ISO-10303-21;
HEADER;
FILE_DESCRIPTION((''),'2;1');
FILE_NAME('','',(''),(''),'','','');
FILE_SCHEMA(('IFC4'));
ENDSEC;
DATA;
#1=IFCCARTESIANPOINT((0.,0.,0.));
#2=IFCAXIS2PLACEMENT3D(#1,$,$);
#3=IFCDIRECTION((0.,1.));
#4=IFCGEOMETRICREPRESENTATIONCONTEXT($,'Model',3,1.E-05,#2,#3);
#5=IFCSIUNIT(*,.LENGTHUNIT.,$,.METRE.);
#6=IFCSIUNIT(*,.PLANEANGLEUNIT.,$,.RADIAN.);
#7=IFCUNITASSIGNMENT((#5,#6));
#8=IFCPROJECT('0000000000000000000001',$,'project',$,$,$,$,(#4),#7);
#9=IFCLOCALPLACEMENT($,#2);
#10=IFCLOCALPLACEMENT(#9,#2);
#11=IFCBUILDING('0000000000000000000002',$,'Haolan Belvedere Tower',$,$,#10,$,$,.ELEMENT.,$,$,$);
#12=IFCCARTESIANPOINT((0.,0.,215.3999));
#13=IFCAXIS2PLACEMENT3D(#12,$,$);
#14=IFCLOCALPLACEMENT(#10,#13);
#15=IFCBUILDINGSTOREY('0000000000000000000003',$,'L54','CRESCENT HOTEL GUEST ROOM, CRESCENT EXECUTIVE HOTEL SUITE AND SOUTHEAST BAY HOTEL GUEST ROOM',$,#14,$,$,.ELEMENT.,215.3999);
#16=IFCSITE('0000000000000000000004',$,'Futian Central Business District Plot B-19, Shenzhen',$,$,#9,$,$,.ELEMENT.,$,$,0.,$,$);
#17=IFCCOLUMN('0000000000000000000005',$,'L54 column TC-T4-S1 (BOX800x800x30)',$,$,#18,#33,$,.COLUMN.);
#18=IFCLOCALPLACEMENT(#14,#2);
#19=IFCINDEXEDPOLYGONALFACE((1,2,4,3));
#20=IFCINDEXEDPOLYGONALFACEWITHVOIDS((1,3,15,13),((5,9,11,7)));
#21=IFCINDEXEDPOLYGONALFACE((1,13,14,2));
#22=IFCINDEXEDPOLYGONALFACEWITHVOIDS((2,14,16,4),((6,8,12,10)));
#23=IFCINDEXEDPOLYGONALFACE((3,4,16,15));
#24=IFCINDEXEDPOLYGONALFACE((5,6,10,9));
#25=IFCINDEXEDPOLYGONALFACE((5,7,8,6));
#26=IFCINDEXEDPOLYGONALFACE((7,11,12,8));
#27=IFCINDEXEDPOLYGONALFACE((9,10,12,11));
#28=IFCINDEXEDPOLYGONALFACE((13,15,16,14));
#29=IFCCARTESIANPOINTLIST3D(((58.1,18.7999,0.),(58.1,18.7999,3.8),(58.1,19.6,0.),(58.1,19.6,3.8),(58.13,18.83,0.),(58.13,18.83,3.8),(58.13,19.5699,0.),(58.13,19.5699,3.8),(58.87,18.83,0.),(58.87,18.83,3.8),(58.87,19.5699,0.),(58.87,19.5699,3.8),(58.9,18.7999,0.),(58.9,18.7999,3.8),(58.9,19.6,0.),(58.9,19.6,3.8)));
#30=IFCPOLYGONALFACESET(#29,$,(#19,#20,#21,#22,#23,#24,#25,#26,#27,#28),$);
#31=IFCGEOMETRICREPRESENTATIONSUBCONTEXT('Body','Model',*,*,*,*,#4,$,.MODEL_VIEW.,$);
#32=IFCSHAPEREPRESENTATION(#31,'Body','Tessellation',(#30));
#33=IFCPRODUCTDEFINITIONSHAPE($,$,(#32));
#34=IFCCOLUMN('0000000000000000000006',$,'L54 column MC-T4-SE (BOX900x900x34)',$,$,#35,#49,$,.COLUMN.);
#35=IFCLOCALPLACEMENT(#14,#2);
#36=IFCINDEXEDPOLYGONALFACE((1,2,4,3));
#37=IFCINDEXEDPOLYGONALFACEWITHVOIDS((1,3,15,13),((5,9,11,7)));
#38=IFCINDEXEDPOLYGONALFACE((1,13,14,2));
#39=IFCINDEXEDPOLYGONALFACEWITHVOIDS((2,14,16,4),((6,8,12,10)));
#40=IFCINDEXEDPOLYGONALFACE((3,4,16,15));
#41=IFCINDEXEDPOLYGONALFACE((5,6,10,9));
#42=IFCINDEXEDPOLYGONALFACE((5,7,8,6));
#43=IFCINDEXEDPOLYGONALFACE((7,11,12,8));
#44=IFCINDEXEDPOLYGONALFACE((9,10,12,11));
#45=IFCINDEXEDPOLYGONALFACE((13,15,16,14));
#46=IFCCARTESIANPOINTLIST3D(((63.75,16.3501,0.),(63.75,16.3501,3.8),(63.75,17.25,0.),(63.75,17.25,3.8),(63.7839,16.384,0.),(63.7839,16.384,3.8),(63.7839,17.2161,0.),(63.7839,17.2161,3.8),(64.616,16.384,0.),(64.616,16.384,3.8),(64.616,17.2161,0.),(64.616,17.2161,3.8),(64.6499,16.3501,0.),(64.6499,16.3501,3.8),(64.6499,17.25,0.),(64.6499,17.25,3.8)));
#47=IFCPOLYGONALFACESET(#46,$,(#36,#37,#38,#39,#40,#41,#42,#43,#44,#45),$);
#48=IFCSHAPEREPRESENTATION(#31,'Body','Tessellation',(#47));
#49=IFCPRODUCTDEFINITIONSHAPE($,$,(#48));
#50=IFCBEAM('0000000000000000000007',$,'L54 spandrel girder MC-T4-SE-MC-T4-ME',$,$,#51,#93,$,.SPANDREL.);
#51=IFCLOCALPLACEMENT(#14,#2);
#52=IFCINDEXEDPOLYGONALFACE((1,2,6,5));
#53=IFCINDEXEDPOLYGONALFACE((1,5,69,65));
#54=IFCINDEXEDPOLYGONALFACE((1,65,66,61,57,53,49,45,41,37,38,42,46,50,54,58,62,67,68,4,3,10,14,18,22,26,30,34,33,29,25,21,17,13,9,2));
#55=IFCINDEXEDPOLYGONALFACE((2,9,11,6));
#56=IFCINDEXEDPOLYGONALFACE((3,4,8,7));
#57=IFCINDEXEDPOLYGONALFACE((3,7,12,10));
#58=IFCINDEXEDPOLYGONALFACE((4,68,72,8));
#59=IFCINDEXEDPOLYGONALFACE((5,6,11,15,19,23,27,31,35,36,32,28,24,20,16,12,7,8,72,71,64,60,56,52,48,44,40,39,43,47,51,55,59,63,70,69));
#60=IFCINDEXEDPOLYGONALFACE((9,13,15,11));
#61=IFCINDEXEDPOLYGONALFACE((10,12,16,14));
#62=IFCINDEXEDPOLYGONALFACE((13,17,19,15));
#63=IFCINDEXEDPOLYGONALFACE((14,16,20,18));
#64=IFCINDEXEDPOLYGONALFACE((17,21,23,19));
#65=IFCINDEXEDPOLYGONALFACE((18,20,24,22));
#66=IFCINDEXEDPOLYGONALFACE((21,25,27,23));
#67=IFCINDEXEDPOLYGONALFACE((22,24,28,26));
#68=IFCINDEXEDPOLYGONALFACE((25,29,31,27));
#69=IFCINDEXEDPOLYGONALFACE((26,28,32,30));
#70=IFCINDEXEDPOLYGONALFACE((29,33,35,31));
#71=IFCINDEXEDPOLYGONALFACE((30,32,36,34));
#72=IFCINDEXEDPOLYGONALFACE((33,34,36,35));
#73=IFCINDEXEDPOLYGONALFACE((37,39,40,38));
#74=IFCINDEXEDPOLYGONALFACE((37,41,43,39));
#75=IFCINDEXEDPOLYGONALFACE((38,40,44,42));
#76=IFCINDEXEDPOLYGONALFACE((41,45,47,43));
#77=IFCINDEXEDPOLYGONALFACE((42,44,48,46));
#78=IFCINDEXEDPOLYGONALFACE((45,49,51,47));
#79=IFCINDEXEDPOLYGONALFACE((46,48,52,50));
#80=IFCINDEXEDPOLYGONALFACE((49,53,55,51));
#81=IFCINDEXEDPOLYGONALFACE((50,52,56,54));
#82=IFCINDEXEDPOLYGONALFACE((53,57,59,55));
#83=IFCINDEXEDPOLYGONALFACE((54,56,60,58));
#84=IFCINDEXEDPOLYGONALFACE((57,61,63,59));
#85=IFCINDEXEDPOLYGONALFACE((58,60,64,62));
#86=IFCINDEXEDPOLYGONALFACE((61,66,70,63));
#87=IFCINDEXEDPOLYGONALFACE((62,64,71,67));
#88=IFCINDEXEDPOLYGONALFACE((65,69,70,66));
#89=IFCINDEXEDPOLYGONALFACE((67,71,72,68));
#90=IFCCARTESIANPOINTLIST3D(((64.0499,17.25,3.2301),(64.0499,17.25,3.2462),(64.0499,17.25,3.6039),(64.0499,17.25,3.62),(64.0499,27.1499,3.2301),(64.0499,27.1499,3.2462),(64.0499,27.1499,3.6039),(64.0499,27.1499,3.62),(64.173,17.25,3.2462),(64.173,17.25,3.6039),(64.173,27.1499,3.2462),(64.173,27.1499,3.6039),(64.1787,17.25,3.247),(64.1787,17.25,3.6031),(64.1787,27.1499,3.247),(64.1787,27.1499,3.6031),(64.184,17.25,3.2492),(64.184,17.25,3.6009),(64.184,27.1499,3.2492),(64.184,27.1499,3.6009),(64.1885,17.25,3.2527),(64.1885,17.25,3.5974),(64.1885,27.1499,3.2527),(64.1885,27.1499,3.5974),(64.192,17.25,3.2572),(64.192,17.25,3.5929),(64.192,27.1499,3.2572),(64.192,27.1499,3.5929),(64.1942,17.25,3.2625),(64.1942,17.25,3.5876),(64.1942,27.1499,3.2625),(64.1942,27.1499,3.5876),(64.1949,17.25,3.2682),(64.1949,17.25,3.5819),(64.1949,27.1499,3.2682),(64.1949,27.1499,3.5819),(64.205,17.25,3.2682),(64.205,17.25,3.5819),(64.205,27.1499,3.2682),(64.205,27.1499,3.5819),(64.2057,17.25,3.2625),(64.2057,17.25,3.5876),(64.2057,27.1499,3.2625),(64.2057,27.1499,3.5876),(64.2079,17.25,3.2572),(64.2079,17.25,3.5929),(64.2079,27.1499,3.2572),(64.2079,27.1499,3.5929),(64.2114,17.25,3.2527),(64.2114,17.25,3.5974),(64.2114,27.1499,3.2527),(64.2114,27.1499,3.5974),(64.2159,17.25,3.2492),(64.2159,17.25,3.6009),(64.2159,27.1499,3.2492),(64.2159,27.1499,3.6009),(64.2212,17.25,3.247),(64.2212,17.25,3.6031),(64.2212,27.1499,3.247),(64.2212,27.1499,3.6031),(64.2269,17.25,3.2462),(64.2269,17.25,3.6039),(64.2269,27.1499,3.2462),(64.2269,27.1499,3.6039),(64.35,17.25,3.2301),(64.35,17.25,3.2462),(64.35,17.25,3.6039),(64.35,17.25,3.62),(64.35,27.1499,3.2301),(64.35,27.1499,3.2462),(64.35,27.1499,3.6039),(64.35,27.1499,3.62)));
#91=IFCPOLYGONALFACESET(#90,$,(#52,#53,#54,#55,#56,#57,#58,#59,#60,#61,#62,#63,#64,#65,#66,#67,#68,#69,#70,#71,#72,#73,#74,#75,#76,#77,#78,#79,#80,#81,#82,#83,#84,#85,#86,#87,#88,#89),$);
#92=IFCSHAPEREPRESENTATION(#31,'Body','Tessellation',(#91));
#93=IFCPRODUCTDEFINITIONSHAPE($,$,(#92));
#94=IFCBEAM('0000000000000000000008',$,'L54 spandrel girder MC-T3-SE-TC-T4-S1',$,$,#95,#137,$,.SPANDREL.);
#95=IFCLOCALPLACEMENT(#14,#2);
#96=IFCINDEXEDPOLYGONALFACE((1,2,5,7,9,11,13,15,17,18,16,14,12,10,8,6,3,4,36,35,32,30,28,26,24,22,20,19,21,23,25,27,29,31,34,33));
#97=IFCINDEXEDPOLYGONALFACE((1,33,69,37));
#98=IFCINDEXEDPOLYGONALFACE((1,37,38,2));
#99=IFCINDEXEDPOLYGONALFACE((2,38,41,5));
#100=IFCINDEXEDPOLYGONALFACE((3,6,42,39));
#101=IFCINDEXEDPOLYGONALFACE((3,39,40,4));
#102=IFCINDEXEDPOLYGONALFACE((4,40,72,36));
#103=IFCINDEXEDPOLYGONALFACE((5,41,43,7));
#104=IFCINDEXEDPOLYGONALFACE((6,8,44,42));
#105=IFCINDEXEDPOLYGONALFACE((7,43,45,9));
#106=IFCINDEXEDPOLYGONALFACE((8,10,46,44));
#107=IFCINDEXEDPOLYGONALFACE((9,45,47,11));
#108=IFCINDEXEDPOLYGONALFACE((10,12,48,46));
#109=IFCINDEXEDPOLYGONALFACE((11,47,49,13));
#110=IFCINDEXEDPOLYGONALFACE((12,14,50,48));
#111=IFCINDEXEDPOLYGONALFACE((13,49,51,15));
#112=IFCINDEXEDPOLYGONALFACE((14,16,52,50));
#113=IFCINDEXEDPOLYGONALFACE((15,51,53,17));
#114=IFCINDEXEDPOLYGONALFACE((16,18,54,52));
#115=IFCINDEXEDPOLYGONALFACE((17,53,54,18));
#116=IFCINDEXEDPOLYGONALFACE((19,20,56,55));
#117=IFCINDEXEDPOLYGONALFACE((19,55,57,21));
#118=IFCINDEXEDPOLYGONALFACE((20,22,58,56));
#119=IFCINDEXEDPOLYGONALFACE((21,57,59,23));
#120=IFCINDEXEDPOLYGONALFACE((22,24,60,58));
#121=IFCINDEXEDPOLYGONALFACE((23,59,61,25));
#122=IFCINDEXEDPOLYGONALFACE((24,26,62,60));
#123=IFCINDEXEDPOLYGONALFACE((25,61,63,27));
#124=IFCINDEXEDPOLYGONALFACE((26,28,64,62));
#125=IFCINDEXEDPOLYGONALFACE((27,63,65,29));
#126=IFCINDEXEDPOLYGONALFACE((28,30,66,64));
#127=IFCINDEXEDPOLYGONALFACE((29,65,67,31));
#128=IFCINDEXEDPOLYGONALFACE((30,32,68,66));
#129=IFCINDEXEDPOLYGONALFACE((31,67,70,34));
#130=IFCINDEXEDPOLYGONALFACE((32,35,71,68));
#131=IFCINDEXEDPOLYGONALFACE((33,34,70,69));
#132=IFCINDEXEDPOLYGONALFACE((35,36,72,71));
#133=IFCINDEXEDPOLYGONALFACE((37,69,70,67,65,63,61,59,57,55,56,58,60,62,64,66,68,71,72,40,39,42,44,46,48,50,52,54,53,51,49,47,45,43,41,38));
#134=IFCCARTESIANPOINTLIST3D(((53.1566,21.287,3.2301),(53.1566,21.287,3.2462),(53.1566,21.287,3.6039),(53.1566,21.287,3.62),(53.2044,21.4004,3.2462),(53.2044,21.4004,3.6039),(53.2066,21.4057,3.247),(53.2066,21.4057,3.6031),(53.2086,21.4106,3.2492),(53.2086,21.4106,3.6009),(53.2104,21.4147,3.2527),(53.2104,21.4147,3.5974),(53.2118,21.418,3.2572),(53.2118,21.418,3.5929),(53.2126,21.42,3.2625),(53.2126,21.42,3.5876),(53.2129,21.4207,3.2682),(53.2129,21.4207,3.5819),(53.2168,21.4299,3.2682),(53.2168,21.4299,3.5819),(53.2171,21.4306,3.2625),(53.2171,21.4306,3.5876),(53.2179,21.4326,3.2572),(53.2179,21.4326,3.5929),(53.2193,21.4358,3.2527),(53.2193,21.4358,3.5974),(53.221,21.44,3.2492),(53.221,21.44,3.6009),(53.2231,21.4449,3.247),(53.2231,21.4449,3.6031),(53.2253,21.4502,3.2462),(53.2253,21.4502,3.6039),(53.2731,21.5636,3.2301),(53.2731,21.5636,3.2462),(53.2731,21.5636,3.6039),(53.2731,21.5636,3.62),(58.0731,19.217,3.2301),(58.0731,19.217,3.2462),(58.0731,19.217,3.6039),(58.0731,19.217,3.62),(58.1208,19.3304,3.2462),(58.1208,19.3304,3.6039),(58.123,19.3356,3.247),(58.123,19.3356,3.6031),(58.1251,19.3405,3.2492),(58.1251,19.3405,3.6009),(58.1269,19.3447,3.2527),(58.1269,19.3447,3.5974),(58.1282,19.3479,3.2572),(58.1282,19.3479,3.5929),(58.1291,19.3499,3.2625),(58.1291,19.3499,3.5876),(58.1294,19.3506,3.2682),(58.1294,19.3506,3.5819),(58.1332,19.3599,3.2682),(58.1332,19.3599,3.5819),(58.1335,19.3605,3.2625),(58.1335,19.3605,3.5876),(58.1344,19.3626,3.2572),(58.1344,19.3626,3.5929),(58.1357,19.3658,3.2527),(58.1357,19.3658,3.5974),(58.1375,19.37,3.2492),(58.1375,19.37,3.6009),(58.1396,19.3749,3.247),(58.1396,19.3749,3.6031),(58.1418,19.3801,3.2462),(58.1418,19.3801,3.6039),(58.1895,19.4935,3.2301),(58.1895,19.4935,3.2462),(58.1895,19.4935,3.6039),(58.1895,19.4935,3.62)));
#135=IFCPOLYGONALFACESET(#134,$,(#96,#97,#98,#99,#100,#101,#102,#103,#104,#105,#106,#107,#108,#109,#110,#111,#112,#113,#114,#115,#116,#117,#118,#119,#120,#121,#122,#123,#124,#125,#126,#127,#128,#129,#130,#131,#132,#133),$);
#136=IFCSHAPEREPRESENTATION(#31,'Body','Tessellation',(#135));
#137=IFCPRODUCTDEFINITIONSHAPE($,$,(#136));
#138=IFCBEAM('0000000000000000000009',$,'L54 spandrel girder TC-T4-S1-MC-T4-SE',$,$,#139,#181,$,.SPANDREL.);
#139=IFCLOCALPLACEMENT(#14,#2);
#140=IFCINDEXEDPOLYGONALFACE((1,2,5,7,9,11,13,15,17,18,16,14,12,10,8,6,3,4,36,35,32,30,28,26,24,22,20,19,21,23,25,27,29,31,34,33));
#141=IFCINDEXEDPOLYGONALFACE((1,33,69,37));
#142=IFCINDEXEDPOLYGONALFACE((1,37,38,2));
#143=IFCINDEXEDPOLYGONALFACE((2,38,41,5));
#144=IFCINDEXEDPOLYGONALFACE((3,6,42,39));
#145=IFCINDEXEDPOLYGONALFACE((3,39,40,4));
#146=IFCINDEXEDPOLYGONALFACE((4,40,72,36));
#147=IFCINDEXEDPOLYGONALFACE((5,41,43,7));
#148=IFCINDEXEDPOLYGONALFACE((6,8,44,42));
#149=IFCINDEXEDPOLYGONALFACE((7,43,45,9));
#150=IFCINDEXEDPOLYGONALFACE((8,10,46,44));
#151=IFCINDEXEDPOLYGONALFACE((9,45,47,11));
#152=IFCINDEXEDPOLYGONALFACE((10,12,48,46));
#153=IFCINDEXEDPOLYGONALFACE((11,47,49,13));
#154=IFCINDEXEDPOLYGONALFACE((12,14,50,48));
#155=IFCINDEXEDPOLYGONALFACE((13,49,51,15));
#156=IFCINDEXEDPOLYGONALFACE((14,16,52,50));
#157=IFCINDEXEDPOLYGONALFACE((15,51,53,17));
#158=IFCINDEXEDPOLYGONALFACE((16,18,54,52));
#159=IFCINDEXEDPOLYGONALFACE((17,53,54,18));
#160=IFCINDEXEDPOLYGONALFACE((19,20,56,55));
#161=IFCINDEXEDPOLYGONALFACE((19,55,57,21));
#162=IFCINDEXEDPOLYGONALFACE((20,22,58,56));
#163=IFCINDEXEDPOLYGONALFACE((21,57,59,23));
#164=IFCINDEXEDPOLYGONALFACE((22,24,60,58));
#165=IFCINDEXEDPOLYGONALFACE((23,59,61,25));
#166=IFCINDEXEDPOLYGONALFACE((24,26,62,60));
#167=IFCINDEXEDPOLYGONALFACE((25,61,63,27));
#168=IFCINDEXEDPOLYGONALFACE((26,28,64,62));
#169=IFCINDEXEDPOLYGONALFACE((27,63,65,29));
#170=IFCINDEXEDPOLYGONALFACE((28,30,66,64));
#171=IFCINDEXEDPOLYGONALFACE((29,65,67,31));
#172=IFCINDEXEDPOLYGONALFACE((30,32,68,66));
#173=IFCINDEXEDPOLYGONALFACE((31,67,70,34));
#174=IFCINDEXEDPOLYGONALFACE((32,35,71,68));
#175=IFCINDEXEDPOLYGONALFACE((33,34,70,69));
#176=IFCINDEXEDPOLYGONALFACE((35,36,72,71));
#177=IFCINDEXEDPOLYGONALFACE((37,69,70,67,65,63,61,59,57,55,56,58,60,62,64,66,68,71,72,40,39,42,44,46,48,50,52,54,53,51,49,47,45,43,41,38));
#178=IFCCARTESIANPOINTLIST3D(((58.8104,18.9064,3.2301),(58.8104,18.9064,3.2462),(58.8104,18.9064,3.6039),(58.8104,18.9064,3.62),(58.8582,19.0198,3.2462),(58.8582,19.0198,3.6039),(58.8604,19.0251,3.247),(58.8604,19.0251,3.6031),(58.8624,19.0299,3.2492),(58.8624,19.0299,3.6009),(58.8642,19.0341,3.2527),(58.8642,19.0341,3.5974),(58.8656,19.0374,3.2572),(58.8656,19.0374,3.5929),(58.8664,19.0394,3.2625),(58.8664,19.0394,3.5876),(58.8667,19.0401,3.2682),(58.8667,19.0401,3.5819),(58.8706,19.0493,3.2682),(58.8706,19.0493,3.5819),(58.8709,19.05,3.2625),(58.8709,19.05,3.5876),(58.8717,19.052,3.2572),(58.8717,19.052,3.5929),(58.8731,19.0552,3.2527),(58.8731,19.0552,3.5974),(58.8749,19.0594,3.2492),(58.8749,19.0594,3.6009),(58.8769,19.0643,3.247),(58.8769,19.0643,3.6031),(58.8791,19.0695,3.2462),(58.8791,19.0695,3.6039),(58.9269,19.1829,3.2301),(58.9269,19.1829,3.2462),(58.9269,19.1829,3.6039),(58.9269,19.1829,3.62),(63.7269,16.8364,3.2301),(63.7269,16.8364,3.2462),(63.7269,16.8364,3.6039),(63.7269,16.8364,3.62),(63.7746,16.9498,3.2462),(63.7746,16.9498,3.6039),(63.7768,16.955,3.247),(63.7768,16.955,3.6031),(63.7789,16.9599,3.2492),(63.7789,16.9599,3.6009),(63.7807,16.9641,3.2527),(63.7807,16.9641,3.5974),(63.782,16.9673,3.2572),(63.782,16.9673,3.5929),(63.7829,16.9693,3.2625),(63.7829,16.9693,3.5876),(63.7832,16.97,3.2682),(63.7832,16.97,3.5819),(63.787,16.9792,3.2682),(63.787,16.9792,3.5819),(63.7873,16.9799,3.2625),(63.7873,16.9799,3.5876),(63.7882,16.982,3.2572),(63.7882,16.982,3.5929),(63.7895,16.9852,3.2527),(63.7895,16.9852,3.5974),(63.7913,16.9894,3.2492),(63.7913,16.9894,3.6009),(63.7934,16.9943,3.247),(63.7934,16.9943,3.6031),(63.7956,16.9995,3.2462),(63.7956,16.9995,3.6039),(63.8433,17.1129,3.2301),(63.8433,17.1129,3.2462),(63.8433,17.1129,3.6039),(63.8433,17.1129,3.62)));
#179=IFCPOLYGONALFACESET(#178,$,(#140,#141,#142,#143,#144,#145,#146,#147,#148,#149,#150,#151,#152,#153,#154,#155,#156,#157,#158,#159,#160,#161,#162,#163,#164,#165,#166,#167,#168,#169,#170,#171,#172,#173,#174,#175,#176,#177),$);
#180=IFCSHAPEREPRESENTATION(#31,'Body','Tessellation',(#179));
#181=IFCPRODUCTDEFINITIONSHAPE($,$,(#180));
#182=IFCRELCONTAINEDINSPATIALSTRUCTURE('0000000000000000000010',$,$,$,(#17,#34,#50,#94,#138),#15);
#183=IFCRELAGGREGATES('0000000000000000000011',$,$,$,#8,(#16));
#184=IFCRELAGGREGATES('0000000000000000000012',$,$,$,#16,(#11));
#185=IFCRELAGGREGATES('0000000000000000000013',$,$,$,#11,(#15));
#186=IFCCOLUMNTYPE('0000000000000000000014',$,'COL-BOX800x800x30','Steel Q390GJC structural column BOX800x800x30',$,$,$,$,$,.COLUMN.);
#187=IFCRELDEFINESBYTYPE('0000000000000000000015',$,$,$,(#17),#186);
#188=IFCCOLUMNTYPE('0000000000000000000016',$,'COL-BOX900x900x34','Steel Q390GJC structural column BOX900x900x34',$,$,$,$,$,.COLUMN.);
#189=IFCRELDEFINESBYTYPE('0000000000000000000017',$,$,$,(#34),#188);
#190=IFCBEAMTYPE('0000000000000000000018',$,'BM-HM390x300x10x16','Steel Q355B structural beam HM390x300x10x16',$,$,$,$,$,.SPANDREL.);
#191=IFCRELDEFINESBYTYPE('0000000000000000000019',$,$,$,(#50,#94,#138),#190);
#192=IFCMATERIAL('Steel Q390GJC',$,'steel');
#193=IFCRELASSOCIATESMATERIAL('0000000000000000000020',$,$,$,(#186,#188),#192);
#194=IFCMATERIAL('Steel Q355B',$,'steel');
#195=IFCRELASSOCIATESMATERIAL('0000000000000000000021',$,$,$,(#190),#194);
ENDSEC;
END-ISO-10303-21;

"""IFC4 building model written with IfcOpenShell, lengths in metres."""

from ifc_helpers import new_model, si_unit, direction, frame, origin, origin_2d, place, context, subcontext, project, spatial, hollow_rectangle, i_section, extrude, material, material_profile, profile_set, type_object, element, save


model = new_model("IFC4")

# Units and contexts
model_context = context("Model", 3, precision=1e-05, world=origin(), true_north=direction((0.0, 1.0)))
body_context = subcontext(model_context, "Body", "Model", "MODEL_VIEW")
ifc_project = project(units=[si_unit("LENGTHUNIT", "METRE"), si_unit("PLANEANGLEUNIT", "RADIAN")], contexts=[model_context])

# Site, building, storey
site_placement = place(None, origin())
site = spatial("IfcSite", under=ifc_project, at=site_placement, Name="Futian Central Business District Plot B-19, Shenzhen", CompositionType="ELEMENT", RefElevation=0.0)
building_placement = place(site_placement, origin())
building = spatial("IfcBuilding", under=site, at=building_placement, Name="Haolan Belvedere Tower", CompositionType="ELEMENT")
storey_placement = place(building_placement, frame((0.0, 0.0, 215.3999)))
storey = spatial("IfcBuildingStorey", under=building, at=storey_placement, Name="L54", Description="CRESCENT HOTEL GUEST ROOM, CRESCENT EXECUTIVE HOTEL SUITE AND SOUTHEAST BAY HOTEL GUEST ROOM", CompositionType="ELEMENT", Elevation=215.3999)

# Columns
ifc_material_1 = material(Name="Steel Q390GJC", Category="steel")
ifc_material_profile_1 = material_profile(ifc_material_1, hollow_rectangle(XDim=0.8, YDim=0.8, WallThickness=0.03, at=origin_2d()), Name="Steel Q390GJC")
ifc_profile_set_1 = profile_set([ifc_material_profile_1], Name="Steel Q390GJC")
column_type_1 = type_object("IfcColumnType", Name="COL-BOX800x800x30", Description="Steel Q390GJC structural column BOX800x800x30", PredefinedType="COLUMN", material=ifc_profile_set_1)
column_1_placement = place(storey_placement, frame((58.5, 19.2, 0.0), z_axis=(0.0, 0.0, 1.0), x_axis=(1.0, 0.0, 0.0)))
element("IfcColumn", 1, at=column_1_placement, inside=storey, type_object=column_type_1, Name="L54 column TC-T4-S1 (BOX800x800x30)", PredefinedType="COLUMN", context=body_context, shape_type="SweptSolid", body=[
    extrude(hollow_rectangle(XDim=0.8, YDim=0.8, WallThickness=0.03, at=origin_2d()), origin(), (0.0, 0.0, 1.0), 3.8),
])
ifc_material_profile_2 = material_profile(ifc_material_1, hollow_rectangle(XDim=0.8999, YDim=0.8999, WallThickness=0.0339, at=origin_2d()), Name="Steel Q390GJC")
ifc_profile_set_2 = profile_set([ifc_material_profile_2], Name="Steel Q390GJC")
column_type_2 = type_object("IfcColumnType", Name="COL-BOX900x900x34", Description="Steel Q390GJC structural column BOX900x900x34", PredefinedType="COLUMN", material=ifc_profile_set_2)
column_2_placement = place(storey_placement, frame((64.2, 16.8, 0.0), z_axis=(0.0, 0.0, 1.0), x_axis=(1.0, 0.0, 0.0)))
element("IfcColumn", 2, at=column_2_placement, inside=storey, type_object=column_type_2, Name="L54 column MC-T4-SE (BOX900x900x34)", PredefinedType="COLUMN", context=body_context, shape_type="SweptSolid", body=[
    extrude(hollow_rectangle(XDim=0.8999, YDim=0.8999, WallThickness=0.0339, at=origin_2d()), origin(), (0.0, 0.0, 1.0), 3.8),
])

# Beams
ifc_material_2 = material(Name="Steel Q355B", Category="steel")
ifc_material_profile_3 = material_profile(ifc_material_2, i_section(OverallWidth=0.3, OverallDepth=0.3899, WebThickness=0.01, FlangeThickness=0.0161, FilletRadius=0.022, at=origin_2d()), Name="Steel Q355B")
ifc_profile_set_3 = profile_set([ifc_material_profile_3], Name="Steel Q355B")
beam_type = type_object("IfcBeamType", Name="BM-HM390x300x10x16", Description="Steel Q355B structural beam HM390x300x10x16", PredefinedType="SPANDREL", material=ifc_profile_set_3)
beam_placement = place(storey_placement, frame((64.2, 17.25, 3.425), z_axis=(0.0, 1.0, 0.0), x_axis=(-1.0, 0.0, 0.0)))
element("IfcBeam", 3, at=beam_placement, inside=storey, type_object=beam_type, Name="L54 spandrel girder MC-T4-SE-MC-T4-ME", PredefinedType="SPANDREL", context=body_context, shape_type="SweptSolid", body=[
    extrude(i_section(OverallWidth=0.3, OverallDepth=0.3899, WebThickness=0.01, FlangeThickness=0.0161, FilletRadius=0.022, at=origin_2d()), origin(), (0.0, 0.0, 1.0), 9.8999),
])
for number, where, z_axis, x_axis, name in (
    (4, (53.2148, 21.4253, 3.425), (0.921638, -0.388051, 0.0), (0.388051, 0.921638, 0.0), "L54 spandrel girder MC-T3-SE-TC-T4-S1"),
    (5, (58.8687, 19.0447, 3.425), (0.921638, -0.388051, 0.0), (0.388051, 0.921638, 0.0), "L54 spandrel girder TC-T4-S1-MC-T4-SE"),
):
    element("IfcBeam", number, at=place(storey_placement, frame(where, z_axis=z_axis, x_axis=x_axis)), inside=storey, type_object=beam_type, Name=name, PredefinedType="SPANDREL", context=body_context, shape_type="SweptSolid", body=[
        extrude(i_section(OverallWidth=0.3, OverallDepth=0.3899, WebThickness=0.01, FlangeThickness=0.0161, FilletRadius=0.022, at=origin_2d()), origin(), (0.0, 0.0, 1.0), 5.3345),
    ])

save(model, "model.ifc")
